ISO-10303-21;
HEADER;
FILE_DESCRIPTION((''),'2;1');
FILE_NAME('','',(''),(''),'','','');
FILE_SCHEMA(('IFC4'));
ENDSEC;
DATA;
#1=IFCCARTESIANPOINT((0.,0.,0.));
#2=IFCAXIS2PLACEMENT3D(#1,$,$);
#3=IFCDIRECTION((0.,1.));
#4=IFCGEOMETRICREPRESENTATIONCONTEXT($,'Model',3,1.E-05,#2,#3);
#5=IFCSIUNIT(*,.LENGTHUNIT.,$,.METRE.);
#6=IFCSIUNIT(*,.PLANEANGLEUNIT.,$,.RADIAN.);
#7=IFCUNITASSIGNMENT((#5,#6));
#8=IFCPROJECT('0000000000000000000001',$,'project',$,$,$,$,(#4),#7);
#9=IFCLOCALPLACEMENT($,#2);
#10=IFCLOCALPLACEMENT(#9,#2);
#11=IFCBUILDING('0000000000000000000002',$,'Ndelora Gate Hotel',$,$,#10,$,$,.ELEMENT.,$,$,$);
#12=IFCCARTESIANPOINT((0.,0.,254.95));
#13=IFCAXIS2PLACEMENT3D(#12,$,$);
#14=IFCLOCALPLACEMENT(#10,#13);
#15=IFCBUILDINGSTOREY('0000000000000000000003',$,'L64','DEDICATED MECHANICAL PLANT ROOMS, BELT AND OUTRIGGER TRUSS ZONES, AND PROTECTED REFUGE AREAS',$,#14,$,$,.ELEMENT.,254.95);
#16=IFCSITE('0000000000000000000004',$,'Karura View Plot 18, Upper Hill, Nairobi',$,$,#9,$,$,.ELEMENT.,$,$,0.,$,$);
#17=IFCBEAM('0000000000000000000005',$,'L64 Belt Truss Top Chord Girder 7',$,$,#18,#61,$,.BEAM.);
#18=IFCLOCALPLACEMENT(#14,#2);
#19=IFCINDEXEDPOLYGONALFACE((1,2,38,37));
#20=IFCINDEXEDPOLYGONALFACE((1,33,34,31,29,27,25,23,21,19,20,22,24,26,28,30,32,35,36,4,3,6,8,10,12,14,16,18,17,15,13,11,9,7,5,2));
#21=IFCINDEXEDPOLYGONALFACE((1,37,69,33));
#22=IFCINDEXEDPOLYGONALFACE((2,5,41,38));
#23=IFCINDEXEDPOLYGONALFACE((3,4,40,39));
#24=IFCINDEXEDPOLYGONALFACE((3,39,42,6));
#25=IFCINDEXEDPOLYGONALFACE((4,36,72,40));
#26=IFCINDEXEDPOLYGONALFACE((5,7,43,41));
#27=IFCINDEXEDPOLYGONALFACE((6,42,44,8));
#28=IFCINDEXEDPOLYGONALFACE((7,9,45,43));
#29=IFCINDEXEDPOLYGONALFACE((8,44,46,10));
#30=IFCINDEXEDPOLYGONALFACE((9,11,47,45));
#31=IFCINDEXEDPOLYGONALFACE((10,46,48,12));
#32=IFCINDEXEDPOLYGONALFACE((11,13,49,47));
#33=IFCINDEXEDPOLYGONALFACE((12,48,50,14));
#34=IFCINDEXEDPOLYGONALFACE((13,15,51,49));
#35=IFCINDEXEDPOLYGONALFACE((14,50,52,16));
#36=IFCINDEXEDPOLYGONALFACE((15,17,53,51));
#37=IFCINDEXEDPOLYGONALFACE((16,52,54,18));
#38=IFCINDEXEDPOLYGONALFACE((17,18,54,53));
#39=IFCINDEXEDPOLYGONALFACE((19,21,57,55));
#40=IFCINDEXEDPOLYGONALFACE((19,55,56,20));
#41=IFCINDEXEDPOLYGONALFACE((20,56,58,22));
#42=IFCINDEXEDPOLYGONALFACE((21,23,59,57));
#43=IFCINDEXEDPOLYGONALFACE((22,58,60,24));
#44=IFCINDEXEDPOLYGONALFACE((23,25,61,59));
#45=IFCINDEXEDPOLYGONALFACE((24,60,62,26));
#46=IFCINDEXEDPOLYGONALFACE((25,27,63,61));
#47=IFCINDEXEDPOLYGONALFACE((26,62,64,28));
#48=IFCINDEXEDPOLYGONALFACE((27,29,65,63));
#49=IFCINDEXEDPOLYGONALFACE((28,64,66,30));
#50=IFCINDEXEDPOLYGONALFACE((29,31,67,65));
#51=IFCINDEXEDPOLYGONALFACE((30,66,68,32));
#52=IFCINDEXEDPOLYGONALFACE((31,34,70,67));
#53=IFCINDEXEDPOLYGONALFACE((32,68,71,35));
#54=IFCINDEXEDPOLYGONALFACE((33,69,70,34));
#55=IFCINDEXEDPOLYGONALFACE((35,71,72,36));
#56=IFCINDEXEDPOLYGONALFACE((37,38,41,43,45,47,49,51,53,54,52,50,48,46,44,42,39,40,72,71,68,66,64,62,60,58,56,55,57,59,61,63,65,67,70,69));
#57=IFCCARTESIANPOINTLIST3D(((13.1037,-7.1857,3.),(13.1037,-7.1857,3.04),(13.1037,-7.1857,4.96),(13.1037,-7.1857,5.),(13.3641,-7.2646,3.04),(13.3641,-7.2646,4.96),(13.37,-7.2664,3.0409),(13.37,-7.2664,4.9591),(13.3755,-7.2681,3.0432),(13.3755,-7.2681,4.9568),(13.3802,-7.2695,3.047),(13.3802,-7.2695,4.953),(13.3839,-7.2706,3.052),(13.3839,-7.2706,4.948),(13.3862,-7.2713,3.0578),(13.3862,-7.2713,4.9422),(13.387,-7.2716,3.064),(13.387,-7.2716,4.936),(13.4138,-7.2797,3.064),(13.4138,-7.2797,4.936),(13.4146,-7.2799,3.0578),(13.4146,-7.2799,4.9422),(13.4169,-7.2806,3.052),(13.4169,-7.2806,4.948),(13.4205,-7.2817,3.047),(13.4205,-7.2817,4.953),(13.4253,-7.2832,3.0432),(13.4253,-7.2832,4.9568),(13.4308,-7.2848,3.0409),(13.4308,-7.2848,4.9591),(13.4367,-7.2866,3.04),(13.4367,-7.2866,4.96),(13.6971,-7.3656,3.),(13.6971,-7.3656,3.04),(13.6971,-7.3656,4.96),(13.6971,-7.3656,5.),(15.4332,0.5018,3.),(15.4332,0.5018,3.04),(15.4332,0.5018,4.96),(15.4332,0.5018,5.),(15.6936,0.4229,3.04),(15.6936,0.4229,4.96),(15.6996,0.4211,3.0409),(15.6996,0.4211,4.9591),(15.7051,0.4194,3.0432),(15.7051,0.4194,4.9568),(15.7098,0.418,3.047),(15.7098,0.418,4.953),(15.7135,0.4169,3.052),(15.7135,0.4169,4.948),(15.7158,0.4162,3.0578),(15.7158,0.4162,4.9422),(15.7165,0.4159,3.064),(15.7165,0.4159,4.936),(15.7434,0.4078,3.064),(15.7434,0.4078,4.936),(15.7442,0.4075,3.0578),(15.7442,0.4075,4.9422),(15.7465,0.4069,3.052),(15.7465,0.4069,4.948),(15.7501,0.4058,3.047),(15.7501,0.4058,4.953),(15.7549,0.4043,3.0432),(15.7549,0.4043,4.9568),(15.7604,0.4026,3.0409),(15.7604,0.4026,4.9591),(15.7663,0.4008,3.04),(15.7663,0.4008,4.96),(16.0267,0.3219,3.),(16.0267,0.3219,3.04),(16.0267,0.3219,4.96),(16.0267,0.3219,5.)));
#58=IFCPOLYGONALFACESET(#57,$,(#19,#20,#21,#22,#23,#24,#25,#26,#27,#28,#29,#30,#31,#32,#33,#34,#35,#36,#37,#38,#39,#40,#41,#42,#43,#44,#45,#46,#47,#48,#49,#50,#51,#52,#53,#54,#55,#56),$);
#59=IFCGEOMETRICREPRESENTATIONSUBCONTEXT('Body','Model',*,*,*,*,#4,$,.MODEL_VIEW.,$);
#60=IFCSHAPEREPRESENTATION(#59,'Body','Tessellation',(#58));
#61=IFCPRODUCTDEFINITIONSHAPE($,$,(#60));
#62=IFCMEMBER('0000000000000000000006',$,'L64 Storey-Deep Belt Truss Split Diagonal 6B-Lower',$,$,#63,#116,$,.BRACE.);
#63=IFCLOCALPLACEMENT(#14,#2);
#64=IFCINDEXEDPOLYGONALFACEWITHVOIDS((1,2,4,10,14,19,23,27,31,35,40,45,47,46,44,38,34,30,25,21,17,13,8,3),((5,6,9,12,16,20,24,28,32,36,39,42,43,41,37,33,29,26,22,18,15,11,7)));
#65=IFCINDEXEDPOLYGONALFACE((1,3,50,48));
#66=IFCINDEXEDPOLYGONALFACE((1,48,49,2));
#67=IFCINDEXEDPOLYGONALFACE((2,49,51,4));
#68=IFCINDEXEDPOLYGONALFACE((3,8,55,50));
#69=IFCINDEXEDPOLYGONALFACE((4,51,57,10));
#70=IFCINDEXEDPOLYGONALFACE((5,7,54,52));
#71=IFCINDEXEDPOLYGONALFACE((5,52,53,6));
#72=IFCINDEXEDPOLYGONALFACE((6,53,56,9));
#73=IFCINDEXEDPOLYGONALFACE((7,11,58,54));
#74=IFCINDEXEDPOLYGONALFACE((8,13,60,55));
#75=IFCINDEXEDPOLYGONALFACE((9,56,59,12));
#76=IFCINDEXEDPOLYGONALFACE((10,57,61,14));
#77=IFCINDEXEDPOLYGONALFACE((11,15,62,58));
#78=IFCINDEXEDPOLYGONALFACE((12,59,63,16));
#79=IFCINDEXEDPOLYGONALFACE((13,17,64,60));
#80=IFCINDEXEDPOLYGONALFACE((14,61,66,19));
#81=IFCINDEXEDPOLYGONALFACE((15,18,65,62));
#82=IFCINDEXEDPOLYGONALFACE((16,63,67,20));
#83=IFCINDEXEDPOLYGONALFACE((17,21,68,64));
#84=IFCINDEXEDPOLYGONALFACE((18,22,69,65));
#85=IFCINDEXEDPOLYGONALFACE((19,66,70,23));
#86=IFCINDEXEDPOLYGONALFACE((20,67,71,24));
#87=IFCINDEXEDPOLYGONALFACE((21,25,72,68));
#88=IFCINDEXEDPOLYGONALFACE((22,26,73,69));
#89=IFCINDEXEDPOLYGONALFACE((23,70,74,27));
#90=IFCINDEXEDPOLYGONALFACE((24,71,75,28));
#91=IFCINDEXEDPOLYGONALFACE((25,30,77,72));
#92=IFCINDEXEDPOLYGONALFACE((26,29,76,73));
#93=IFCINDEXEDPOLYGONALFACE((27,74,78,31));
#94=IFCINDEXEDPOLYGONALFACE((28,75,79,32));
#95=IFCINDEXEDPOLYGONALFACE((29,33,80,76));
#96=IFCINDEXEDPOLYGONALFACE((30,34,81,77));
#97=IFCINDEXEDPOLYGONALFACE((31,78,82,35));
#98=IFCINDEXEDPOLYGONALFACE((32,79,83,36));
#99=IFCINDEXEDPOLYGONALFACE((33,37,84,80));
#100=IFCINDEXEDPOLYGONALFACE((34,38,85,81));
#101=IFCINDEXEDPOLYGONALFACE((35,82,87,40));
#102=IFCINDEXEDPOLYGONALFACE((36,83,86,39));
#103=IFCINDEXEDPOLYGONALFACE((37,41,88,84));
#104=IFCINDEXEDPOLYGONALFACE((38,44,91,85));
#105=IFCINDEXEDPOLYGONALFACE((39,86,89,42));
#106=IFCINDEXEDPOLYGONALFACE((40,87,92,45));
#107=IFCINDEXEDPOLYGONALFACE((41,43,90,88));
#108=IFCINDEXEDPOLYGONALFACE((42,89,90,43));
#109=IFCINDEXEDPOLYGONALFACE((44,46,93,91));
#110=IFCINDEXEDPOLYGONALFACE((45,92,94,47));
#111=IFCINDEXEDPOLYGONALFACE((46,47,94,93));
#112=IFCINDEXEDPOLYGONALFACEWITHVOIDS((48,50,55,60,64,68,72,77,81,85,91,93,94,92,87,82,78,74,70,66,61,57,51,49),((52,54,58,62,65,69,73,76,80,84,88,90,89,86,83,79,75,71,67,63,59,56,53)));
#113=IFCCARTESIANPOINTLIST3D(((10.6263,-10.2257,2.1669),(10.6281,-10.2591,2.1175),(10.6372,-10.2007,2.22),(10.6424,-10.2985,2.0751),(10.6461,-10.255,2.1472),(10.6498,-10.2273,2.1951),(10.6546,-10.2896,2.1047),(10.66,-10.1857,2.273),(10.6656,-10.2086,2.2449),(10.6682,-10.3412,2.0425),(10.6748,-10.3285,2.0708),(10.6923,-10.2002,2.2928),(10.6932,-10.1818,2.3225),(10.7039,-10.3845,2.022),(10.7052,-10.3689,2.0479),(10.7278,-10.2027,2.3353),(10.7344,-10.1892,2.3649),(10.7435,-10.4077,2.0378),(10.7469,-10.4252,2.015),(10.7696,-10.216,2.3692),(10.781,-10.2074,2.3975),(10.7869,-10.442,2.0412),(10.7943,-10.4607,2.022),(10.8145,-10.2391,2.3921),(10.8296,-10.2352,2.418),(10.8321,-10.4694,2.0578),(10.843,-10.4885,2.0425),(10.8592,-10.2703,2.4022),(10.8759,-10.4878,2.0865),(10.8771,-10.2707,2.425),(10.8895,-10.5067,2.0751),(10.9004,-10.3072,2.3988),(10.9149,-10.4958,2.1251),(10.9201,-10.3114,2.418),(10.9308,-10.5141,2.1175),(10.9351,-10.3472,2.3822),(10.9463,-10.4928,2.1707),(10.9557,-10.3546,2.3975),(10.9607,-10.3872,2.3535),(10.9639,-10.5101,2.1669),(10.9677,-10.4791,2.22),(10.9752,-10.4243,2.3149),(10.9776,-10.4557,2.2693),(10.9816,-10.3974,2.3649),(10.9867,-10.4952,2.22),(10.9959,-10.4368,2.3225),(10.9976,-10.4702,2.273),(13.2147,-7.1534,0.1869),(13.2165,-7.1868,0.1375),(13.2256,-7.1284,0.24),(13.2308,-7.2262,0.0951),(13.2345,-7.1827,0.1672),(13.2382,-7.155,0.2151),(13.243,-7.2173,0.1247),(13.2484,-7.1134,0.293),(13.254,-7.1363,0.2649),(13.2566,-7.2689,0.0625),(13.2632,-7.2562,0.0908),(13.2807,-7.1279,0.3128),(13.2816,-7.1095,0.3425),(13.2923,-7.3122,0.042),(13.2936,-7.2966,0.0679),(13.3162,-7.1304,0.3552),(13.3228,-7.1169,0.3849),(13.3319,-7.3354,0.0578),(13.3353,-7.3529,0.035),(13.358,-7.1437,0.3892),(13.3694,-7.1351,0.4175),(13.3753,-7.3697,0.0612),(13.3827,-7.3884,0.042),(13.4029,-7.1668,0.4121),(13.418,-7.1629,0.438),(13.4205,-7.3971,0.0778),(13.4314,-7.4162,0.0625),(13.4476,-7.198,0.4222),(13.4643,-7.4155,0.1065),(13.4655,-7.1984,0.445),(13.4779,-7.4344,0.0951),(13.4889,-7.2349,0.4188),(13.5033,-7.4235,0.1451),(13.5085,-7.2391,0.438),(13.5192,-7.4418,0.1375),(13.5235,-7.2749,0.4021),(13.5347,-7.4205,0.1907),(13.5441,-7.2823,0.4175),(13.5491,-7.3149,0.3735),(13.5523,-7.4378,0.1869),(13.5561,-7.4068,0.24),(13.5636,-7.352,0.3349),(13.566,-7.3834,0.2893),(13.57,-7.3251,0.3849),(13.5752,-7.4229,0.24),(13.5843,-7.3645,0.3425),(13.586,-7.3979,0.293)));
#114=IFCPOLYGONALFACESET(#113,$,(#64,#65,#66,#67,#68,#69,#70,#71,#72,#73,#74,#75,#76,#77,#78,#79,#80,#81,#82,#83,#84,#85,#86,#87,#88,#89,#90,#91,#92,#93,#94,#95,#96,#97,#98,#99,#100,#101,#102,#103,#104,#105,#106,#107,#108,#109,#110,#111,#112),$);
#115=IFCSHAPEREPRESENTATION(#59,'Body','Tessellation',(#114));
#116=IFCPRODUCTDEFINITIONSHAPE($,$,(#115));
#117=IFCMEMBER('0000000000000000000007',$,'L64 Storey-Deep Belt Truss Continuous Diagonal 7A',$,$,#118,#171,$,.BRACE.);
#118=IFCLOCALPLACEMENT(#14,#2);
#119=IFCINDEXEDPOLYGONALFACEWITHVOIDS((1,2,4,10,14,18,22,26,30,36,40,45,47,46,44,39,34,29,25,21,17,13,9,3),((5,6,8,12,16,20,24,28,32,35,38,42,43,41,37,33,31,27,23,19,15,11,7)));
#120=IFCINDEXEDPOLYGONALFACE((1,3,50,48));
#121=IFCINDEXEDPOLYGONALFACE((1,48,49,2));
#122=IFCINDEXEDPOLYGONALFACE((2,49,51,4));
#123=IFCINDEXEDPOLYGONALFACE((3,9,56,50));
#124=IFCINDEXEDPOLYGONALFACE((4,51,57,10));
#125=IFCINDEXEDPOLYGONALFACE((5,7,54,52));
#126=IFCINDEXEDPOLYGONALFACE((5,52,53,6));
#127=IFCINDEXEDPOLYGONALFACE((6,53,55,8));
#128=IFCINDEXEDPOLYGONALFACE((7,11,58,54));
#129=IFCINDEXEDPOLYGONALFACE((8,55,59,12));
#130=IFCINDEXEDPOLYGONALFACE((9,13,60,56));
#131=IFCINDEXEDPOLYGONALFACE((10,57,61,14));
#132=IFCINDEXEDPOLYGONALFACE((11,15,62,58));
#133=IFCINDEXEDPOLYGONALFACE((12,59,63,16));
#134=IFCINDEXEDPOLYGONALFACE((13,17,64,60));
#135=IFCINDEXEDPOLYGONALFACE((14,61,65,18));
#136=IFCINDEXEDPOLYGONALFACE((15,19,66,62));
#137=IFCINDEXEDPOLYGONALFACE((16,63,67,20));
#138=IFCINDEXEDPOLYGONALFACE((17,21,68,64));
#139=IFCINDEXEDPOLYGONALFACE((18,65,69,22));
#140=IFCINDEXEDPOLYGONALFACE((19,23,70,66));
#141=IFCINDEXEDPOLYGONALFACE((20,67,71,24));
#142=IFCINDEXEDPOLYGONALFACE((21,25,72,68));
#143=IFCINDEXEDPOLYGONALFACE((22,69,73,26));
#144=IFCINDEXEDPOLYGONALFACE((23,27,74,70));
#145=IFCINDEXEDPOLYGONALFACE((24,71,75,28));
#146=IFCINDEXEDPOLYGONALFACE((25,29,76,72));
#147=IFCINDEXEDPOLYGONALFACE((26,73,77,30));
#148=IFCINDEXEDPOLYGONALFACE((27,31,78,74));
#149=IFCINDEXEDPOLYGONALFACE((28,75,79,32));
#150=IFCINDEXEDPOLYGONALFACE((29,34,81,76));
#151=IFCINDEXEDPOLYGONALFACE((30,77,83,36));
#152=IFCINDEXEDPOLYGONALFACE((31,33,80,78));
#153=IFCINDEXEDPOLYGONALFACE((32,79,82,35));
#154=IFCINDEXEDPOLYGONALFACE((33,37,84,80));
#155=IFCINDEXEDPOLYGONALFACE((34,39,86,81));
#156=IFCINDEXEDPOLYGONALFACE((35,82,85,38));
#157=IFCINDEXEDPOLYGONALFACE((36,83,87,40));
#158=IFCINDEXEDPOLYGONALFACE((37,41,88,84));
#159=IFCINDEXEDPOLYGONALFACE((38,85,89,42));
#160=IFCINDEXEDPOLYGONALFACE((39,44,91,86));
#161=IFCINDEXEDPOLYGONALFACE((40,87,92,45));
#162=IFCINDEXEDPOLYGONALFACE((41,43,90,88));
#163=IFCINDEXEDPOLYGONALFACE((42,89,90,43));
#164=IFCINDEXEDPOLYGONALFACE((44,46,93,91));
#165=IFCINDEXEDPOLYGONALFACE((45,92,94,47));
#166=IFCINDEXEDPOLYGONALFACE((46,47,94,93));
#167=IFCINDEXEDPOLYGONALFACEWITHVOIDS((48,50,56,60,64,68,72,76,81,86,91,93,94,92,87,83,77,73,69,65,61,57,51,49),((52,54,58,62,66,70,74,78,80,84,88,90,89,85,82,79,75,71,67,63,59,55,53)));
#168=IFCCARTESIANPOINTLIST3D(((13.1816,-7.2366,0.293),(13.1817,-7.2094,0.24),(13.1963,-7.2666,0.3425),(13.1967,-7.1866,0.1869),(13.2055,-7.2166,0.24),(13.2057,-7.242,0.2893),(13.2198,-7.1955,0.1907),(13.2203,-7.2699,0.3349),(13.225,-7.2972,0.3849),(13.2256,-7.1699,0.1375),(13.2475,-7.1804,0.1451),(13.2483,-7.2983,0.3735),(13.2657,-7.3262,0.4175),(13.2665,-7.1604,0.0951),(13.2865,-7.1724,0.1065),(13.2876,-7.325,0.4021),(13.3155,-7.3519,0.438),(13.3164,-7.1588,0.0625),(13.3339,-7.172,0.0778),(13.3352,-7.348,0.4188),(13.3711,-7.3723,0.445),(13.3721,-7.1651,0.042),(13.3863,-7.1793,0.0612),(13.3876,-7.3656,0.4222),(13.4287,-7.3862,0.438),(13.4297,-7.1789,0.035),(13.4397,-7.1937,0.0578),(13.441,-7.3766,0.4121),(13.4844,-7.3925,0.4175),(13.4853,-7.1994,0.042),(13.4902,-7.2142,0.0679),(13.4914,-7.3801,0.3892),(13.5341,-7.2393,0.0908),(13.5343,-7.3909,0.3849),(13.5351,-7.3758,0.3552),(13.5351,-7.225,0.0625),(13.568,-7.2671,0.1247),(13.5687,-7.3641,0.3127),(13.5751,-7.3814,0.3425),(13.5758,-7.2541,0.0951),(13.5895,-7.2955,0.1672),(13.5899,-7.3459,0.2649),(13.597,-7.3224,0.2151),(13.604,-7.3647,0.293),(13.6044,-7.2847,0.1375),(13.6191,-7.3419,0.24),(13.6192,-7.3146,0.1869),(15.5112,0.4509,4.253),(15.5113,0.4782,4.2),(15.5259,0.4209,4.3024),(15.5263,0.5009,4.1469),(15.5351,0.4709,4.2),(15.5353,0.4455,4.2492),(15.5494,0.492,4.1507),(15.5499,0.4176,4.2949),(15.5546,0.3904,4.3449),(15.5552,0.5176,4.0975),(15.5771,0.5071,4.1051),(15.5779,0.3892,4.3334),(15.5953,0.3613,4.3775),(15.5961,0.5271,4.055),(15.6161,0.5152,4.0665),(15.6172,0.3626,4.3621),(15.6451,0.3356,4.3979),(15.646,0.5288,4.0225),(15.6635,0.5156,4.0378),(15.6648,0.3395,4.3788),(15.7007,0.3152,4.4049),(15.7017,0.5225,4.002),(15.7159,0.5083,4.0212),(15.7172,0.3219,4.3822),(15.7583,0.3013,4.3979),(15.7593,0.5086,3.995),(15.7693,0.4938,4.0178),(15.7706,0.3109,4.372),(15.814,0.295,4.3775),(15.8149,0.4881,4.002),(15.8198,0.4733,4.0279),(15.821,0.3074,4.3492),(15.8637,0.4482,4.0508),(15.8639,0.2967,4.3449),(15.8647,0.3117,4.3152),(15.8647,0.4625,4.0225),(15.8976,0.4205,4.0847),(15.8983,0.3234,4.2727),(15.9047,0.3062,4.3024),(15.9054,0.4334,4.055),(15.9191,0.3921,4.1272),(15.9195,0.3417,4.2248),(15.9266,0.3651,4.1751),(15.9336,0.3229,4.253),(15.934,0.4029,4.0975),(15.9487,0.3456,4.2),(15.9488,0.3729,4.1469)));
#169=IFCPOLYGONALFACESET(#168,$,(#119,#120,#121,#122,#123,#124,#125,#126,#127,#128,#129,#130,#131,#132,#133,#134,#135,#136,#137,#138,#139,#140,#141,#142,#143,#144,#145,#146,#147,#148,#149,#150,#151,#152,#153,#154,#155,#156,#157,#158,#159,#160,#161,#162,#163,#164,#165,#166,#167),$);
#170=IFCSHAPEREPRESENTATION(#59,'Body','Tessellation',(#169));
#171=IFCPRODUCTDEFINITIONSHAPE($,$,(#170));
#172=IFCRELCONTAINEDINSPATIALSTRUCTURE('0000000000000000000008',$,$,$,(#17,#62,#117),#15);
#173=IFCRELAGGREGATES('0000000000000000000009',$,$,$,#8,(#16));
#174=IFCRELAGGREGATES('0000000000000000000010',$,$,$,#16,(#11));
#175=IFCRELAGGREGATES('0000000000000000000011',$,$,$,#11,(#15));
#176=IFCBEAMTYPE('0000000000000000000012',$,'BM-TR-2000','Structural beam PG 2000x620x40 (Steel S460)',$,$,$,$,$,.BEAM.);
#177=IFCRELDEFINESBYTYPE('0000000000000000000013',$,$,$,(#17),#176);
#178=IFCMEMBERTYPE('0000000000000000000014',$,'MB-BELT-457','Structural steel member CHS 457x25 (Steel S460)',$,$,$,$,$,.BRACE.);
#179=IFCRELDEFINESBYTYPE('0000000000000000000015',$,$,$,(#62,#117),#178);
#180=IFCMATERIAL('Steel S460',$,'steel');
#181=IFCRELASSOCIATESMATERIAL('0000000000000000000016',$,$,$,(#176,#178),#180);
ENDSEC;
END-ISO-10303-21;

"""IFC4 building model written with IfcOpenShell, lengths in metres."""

from ifc_helpers import new_model, si_unit, direction, frame, origin, origin_2d, place, context, subcontext, project, spatial, hollow_circle, i_section, extrude, material, material_profile, profile_set, type_object, element, save


model = new_model("IFC4")

# Units and contexts
model_context = context("Model", 3, precision=1e-05, world=origin(), true_north=direction((0.0, 1.0)))
body_context = subcontext(model_context, "Body", "Model", "MODEL_VIEW")
ifc_project = project(units=[si_unit("LENGTHUNIT", "METRE"), si_unit("PLANEANGLEUNIT", "RADIAN")], contexts=[model_context])

# Site, building, storey
site_placement = place(None, origin())
site = spatial("IfcSite", under=ifc_project, at=site_placement, Name="Karura View Plot 18, Upper Hill, Nairobi", CompositionType="ELEMENT", RefElevation=0.0)
building_placement = place(site_placement, origin())
building = spatial("IfcBuilding", under=site, at=building_placement, Name="Ndelora Gate Hotel", CompositionType="ELEMENT")
storey_placement = place(building_placement, frame((0.0, 0.0, 254.95)))
storey = spatial("IfcBuildingStorey", under=building, at=storey_placement, Name="L64", Description="DEDICATED MECHANICAL PLANT ROOMS, BELT AND OUTRIGGER TRUSS ZONES, AND PROTECTED REFUGE AREAS", CompositionType="ELEMENT", Elevation=254.95)

# Beam
ifc_material_1 = material(Name="Steel S460", Category="steel")
ifc_material_profile_1 = material_profile(ifc_material_1, i_section(OverallWidth=0.6201, OverallDepth=2.0, WebThickness=0.0281, FlangeThickness=0.04, FilletRadius=0.0239, at=origin_2d()), Name="PG 2000x620x40")
ifc_profile_set_1 = profile_set([ifc_material_profile_1], Name="Steel S460")
beam_type_1 = type_object("IfcBeamType", Name="BM-TR-2000", Description="Structural beam PG 2000x620x40 (Steel S460)", PredefinedType="BEAM", material=ifc_profile_set_1)
beam_1_placement = place(storey_placement, frame((13.4004, -7.2756, 4.0), z_axis=(0.290012, 0.957023, 0.0), x_axis=(-0.957023, 0.290012, 0.0)))
element("IfcBeam", 1, at=beam_1_placement, inside=storey, type_object=beam_type_1, Name="L64 Belt Truss Top Chord Girder 7", PredefinedType="BEAM", context=body_context, shape_type="SweptSolid", body=[
    extrude(i_section(OverallWidth=0.6201, OverallDepth=2.0, WebThickness=0.0281, FlangeThickness=0.04, FilletRadius=0.0239, at=origin_2d()), origin(), (0.0, 0.0, 1.0), 8.0327),
])

# Members
ifc_material_profile_2 = material_profile(ifc_material_1, hollow_circle(Radius=0.2285, WallThickness=0.0249, at=origin_2d()), Name="CHS 457x25")
ifc_profile_set_2 = profile_set([ifc_material_profile_2], Name="Steel S460")
member_type_1 = type_object("IfcMemberType", Name="MB-BELT-457", Description="Structural steel member CHS 457x25 (Steel S460)", PredefinedType="BRACE", material=ifc_profile_set_2)
member_1_placement = place(storey_placement, frame((13.4004, -7.2756, 0.24), z_axis=(-0.57793, -0.685971, 0.442087), x_axis=(0.764763, -0.644312, 0.0)))
element("IfcMember", 2, at=member_1_placement, inside=storey, type_object=member_type_1, Name="L64 Storey-Deep Belt Truss Split Diagonal 6B-Lower", PredefinedType="BRACE", context=body_context, shape_type="SweptSolid", body=[
    extrude(hollow_circle(Radius=0.2285, WallThickness=0.0249, at=origin_2d()), origin(), (0.0, 0.0, 1.0), 4.4788),
])
member_2_placement = place(storey_placement, frame((13.4004, -7.2756, 0.24), z_axis=(0.260121, 0.858385, 0.442168), x_axis=(-0.957023, 0.290012, 0.0)))
element("IfcMember", 3, at=member_2_placement, inside=storey, type_object=member_type_1, Name="L64 Storey-Deep Belt Truss Continuous Diagonal 7A", PredefinedType="BRACE", context=body_context, shape_type="SweptSolid", body=[
    extrude(hollow_circle(Radius=0.2285, WallThickness=0.0249, at=origin_2d()), origin(), (0.0, 0.0, 1.0), 8.9558),
])

save(model, "model.ifc")
